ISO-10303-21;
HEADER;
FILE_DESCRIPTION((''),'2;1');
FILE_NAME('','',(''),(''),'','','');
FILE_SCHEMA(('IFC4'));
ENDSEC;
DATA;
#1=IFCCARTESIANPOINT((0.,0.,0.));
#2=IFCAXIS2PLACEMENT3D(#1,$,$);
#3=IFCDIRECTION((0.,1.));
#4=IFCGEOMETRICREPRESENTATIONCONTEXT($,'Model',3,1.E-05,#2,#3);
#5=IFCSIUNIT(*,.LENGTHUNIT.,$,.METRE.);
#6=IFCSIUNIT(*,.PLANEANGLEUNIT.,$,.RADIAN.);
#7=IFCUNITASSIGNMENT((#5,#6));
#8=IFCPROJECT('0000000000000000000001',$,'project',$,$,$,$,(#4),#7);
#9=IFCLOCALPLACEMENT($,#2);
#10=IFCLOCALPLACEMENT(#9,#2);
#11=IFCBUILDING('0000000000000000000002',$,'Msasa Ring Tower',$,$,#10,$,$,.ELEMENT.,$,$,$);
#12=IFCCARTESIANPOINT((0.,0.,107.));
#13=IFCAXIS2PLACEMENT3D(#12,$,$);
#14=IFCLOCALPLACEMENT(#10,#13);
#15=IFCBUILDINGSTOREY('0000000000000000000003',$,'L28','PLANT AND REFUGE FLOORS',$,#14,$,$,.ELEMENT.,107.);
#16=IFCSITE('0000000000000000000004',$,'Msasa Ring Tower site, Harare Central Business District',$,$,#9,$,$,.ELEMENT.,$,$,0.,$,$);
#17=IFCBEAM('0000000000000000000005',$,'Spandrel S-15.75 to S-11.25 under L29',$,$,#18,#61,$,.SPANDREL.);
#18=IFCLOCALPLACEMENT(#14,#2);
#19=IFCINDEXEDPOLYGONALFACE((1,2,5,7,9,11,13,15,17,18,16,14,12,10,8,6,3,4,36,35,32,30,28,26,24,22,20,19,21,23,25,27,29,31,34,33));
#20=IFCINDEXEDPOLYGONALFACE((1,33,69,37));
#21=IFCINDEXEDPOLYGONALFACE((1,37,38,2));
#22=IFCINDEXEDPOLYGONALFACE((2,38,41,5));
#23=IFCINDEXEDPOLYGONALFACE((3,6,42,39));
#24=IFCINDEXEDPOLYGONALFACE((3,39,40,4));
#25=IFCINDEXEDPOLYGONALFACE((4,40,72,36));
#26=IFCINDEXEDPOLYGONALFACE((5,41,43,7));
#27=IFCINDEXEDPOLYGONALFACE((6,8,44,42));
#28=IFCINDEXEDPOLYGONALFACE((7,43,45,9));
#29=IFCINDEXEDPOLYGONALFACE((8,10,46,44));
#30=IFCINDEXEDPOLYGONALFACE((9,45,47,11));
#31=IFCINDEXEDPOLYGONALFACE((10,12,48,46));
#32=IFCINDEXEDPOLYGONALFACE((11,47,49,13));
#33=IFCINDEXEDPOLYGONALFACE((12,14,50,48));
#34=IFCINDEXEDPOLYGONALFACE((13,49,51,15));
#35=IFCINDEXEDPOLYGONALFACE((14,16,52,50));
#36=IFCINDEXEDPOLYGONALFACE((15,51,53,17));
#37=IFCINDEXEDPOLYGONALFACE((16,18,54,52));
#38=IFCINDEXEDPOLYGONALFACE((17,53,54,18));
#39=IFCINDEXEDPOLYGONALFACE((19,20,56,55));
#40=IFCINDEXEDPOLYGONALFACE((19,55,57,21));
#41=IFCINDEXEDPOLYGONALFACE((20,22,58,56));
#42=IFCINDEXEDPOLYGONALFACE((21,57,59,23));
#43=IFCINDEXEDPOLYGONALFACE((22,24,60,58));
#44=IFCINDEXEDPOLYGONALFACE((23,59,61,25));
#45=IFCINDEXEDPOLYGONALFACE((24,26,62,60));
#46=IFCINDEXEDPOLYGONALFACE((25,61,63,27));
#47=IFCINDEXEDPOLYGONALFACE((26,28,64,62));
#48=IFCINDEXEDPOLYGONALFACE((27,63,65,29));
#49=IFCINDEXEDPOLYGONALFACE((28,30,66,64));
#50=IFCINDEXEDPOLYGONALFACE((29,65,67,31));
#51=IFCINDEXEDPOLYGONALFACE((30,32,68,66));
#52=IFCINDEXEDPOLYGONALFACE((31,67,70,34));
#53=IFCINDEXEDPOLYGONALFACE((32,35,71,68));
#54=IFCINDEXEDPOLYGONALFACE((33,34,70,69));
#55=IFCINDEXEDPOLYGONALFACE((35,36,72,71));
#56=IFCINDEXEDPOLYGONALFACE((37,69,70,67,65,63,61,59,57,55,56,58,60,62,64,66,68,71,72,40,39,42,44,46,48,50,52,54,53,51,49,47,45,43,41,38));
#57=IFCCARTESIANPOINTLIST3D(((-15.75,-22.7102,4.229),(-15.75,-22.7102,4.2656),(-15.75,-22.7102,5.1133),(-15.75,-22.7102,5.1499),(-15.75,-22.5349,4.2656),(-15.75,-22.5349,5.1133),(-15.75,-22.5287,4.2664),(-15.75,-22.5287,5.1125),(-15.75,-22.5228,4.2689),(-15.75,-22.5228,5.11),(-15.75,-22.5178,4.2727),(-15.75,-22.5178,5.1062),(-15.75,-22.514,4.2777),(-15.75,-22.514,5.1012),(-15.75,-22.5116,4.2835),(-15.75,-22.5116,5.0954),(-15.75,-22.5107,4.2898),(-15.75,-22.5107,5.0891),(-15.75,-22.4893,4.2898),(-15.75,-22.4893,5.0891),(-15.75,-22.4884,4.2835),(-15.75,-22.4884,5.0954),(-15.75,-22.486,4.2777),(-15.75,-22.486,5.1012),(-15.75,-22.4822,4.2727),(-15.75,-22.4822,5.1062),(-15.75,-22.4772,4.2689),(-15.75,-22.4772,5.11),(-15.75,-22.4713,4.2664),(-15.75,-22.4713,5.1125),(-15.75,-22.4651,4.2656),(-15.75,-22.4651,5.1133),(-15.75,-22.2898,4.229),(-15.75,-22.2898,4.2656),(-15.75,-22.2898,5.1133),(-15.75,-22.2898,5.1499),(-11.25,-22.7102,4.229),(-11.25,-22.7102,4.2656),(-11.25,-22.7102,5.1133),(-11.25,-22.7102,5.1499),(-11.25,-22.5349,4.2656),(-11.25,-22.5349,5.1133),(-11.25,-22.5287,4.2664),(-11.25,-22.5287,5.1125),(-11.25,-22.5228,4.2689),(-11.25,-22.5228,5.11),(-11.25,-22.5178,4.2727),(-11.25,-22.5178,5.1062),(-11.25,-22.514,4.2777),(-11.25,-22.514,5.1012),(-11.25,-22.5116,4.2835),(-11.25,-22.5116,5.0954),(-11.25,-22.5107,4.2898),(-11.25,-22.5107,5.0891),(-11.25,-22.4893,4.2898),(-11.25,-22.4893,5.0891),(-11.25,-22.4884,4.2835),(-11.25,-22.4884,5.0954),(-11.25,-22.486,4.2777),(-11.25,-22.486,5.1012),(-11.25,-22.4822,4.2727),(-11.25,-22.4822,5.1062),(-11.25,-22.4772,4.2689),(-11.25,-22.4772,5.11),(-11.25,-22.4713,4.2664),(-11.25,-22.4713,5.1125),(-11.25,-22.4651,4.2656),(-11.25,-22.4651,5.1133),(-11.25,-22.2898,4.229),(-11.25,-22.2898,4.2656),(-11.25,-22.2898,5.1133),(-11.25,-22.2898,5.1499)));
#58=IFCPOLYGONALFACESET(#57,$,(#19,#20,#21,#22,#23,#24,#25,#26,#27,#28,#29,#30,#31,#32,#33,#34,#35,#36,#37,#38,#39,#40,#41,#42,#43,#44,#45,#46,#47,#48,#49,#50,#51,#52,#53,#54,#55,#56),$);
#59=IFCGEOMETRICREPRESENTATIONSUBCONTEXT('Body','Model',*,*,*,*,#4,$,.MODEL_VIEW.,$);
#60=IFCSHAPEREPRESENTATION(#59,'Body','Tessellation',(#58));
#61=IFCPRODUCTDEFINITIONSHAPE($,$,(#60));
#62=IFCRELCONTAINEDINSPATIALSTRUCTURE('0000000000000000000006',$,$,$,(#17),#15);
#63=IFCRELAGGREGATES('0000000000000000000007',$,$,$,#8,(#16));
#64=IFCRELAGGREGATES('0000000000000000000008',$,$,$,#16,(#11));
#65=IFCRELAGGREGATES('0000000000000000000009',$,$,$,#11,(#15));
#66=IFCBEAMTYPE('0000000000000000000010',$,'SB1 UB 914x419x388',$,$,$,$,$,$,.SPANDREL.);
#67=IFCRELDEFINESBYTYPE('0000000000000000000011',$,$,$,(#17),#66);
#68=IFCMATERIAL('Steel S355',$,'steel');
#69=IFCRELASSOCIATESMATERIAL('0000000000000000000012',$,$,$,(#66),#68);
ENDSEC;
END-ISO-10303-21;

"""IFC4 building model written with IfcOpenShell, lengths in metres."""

from ifc_helpers import new_model, si_unit, direction, frame, origin, origin_2d, place, context, subcontext, project, spatial, i_section, extrude, material, material_profile, profile_set, type_object, element, save


model = new_model("IFC4")

# Units and contexts
model_context = context("Model", 3, precision=1e-05, world=origin(), true_north=direction((0.0, 1.0)))
body_context = subcontext(model_context, "Body", "Model", "MODEL_VIEW")
ifc_project = project(units=[si_unit("LENGTHUNIT", "METRE"), si_unit("PLANEANGLEUNIT", "RADIAN")], contexts=[model_context])

# Site, building, storey
site_placement = place(None, origin())
site = spatial("IfcSite", under=ifc_project, at=site_placement, Name="Msasa Ring Tower site, Harare Central Business District", CompositionType="ELEMENT", RefElevation=0.0)
building_placement = place(site_placement, origin())
building = spatial("IfcBuilding", under=site, at=building_placement, Name="Msasa Ring Tower", CompositionType="ELEMENT")
storey_placement = place(building_placement, frame((0.0, 0.0, 107.0)))
storey = spatial("IfcBuildingStorey", under=building, at=storey_placement, Name="L28", Description="PLANT AND REFUGE FLOORS", CompositionType="ELEMENT", Elevation=107.0)

# Beam
ifc_material_1 = material(Name="Steel S355", Category="steel")
ifc_material_profile_1 = material_profile(ifc_material_1, i_section(OverallWidth=0.4204, OverallDepth=0.9209, WebThickness=0.0215, FlangeThickness=0.0366, FilletRadius=0.0242, at=origin_2d()), Name="UB 914x419x388")
ifc_profile_set_1 = profile_set([ifc_material_profile_1], Name="Steel S355")
beam_type_1 = type_object("IfcBeamType", Name="SB1 UB 914x419x388", PredefinedType="SPANDREL", material=ifc_profile_set_1)
beam_1_placement = place(storey_placement, frame((-15.75, -22.5, 4.6895), z_axis=(1.0, 0.0, 0.0), x_axis=(0.0, 1.0, 0.0)))
element("IfcBeam", 1, at=beam_1_placement, inside=storey, type_object=beam_type_1, Name="Spandrel S-15.75 to S-11.25 under L29", PredefinedType="SPANDREL", context=body_context, shape_type="SweptSolid", body=[
    extrude(i_section(OverallWidth=0.4204, OverallDepth=0.9209, WebThickness=0.0215, FlangeThickness=0.0366, FilletRadius=0.0242, at=origin_2d()), origin(), (0.0, 0.0, 1.0), 4.5),
])

save(model, "model.ifc")
